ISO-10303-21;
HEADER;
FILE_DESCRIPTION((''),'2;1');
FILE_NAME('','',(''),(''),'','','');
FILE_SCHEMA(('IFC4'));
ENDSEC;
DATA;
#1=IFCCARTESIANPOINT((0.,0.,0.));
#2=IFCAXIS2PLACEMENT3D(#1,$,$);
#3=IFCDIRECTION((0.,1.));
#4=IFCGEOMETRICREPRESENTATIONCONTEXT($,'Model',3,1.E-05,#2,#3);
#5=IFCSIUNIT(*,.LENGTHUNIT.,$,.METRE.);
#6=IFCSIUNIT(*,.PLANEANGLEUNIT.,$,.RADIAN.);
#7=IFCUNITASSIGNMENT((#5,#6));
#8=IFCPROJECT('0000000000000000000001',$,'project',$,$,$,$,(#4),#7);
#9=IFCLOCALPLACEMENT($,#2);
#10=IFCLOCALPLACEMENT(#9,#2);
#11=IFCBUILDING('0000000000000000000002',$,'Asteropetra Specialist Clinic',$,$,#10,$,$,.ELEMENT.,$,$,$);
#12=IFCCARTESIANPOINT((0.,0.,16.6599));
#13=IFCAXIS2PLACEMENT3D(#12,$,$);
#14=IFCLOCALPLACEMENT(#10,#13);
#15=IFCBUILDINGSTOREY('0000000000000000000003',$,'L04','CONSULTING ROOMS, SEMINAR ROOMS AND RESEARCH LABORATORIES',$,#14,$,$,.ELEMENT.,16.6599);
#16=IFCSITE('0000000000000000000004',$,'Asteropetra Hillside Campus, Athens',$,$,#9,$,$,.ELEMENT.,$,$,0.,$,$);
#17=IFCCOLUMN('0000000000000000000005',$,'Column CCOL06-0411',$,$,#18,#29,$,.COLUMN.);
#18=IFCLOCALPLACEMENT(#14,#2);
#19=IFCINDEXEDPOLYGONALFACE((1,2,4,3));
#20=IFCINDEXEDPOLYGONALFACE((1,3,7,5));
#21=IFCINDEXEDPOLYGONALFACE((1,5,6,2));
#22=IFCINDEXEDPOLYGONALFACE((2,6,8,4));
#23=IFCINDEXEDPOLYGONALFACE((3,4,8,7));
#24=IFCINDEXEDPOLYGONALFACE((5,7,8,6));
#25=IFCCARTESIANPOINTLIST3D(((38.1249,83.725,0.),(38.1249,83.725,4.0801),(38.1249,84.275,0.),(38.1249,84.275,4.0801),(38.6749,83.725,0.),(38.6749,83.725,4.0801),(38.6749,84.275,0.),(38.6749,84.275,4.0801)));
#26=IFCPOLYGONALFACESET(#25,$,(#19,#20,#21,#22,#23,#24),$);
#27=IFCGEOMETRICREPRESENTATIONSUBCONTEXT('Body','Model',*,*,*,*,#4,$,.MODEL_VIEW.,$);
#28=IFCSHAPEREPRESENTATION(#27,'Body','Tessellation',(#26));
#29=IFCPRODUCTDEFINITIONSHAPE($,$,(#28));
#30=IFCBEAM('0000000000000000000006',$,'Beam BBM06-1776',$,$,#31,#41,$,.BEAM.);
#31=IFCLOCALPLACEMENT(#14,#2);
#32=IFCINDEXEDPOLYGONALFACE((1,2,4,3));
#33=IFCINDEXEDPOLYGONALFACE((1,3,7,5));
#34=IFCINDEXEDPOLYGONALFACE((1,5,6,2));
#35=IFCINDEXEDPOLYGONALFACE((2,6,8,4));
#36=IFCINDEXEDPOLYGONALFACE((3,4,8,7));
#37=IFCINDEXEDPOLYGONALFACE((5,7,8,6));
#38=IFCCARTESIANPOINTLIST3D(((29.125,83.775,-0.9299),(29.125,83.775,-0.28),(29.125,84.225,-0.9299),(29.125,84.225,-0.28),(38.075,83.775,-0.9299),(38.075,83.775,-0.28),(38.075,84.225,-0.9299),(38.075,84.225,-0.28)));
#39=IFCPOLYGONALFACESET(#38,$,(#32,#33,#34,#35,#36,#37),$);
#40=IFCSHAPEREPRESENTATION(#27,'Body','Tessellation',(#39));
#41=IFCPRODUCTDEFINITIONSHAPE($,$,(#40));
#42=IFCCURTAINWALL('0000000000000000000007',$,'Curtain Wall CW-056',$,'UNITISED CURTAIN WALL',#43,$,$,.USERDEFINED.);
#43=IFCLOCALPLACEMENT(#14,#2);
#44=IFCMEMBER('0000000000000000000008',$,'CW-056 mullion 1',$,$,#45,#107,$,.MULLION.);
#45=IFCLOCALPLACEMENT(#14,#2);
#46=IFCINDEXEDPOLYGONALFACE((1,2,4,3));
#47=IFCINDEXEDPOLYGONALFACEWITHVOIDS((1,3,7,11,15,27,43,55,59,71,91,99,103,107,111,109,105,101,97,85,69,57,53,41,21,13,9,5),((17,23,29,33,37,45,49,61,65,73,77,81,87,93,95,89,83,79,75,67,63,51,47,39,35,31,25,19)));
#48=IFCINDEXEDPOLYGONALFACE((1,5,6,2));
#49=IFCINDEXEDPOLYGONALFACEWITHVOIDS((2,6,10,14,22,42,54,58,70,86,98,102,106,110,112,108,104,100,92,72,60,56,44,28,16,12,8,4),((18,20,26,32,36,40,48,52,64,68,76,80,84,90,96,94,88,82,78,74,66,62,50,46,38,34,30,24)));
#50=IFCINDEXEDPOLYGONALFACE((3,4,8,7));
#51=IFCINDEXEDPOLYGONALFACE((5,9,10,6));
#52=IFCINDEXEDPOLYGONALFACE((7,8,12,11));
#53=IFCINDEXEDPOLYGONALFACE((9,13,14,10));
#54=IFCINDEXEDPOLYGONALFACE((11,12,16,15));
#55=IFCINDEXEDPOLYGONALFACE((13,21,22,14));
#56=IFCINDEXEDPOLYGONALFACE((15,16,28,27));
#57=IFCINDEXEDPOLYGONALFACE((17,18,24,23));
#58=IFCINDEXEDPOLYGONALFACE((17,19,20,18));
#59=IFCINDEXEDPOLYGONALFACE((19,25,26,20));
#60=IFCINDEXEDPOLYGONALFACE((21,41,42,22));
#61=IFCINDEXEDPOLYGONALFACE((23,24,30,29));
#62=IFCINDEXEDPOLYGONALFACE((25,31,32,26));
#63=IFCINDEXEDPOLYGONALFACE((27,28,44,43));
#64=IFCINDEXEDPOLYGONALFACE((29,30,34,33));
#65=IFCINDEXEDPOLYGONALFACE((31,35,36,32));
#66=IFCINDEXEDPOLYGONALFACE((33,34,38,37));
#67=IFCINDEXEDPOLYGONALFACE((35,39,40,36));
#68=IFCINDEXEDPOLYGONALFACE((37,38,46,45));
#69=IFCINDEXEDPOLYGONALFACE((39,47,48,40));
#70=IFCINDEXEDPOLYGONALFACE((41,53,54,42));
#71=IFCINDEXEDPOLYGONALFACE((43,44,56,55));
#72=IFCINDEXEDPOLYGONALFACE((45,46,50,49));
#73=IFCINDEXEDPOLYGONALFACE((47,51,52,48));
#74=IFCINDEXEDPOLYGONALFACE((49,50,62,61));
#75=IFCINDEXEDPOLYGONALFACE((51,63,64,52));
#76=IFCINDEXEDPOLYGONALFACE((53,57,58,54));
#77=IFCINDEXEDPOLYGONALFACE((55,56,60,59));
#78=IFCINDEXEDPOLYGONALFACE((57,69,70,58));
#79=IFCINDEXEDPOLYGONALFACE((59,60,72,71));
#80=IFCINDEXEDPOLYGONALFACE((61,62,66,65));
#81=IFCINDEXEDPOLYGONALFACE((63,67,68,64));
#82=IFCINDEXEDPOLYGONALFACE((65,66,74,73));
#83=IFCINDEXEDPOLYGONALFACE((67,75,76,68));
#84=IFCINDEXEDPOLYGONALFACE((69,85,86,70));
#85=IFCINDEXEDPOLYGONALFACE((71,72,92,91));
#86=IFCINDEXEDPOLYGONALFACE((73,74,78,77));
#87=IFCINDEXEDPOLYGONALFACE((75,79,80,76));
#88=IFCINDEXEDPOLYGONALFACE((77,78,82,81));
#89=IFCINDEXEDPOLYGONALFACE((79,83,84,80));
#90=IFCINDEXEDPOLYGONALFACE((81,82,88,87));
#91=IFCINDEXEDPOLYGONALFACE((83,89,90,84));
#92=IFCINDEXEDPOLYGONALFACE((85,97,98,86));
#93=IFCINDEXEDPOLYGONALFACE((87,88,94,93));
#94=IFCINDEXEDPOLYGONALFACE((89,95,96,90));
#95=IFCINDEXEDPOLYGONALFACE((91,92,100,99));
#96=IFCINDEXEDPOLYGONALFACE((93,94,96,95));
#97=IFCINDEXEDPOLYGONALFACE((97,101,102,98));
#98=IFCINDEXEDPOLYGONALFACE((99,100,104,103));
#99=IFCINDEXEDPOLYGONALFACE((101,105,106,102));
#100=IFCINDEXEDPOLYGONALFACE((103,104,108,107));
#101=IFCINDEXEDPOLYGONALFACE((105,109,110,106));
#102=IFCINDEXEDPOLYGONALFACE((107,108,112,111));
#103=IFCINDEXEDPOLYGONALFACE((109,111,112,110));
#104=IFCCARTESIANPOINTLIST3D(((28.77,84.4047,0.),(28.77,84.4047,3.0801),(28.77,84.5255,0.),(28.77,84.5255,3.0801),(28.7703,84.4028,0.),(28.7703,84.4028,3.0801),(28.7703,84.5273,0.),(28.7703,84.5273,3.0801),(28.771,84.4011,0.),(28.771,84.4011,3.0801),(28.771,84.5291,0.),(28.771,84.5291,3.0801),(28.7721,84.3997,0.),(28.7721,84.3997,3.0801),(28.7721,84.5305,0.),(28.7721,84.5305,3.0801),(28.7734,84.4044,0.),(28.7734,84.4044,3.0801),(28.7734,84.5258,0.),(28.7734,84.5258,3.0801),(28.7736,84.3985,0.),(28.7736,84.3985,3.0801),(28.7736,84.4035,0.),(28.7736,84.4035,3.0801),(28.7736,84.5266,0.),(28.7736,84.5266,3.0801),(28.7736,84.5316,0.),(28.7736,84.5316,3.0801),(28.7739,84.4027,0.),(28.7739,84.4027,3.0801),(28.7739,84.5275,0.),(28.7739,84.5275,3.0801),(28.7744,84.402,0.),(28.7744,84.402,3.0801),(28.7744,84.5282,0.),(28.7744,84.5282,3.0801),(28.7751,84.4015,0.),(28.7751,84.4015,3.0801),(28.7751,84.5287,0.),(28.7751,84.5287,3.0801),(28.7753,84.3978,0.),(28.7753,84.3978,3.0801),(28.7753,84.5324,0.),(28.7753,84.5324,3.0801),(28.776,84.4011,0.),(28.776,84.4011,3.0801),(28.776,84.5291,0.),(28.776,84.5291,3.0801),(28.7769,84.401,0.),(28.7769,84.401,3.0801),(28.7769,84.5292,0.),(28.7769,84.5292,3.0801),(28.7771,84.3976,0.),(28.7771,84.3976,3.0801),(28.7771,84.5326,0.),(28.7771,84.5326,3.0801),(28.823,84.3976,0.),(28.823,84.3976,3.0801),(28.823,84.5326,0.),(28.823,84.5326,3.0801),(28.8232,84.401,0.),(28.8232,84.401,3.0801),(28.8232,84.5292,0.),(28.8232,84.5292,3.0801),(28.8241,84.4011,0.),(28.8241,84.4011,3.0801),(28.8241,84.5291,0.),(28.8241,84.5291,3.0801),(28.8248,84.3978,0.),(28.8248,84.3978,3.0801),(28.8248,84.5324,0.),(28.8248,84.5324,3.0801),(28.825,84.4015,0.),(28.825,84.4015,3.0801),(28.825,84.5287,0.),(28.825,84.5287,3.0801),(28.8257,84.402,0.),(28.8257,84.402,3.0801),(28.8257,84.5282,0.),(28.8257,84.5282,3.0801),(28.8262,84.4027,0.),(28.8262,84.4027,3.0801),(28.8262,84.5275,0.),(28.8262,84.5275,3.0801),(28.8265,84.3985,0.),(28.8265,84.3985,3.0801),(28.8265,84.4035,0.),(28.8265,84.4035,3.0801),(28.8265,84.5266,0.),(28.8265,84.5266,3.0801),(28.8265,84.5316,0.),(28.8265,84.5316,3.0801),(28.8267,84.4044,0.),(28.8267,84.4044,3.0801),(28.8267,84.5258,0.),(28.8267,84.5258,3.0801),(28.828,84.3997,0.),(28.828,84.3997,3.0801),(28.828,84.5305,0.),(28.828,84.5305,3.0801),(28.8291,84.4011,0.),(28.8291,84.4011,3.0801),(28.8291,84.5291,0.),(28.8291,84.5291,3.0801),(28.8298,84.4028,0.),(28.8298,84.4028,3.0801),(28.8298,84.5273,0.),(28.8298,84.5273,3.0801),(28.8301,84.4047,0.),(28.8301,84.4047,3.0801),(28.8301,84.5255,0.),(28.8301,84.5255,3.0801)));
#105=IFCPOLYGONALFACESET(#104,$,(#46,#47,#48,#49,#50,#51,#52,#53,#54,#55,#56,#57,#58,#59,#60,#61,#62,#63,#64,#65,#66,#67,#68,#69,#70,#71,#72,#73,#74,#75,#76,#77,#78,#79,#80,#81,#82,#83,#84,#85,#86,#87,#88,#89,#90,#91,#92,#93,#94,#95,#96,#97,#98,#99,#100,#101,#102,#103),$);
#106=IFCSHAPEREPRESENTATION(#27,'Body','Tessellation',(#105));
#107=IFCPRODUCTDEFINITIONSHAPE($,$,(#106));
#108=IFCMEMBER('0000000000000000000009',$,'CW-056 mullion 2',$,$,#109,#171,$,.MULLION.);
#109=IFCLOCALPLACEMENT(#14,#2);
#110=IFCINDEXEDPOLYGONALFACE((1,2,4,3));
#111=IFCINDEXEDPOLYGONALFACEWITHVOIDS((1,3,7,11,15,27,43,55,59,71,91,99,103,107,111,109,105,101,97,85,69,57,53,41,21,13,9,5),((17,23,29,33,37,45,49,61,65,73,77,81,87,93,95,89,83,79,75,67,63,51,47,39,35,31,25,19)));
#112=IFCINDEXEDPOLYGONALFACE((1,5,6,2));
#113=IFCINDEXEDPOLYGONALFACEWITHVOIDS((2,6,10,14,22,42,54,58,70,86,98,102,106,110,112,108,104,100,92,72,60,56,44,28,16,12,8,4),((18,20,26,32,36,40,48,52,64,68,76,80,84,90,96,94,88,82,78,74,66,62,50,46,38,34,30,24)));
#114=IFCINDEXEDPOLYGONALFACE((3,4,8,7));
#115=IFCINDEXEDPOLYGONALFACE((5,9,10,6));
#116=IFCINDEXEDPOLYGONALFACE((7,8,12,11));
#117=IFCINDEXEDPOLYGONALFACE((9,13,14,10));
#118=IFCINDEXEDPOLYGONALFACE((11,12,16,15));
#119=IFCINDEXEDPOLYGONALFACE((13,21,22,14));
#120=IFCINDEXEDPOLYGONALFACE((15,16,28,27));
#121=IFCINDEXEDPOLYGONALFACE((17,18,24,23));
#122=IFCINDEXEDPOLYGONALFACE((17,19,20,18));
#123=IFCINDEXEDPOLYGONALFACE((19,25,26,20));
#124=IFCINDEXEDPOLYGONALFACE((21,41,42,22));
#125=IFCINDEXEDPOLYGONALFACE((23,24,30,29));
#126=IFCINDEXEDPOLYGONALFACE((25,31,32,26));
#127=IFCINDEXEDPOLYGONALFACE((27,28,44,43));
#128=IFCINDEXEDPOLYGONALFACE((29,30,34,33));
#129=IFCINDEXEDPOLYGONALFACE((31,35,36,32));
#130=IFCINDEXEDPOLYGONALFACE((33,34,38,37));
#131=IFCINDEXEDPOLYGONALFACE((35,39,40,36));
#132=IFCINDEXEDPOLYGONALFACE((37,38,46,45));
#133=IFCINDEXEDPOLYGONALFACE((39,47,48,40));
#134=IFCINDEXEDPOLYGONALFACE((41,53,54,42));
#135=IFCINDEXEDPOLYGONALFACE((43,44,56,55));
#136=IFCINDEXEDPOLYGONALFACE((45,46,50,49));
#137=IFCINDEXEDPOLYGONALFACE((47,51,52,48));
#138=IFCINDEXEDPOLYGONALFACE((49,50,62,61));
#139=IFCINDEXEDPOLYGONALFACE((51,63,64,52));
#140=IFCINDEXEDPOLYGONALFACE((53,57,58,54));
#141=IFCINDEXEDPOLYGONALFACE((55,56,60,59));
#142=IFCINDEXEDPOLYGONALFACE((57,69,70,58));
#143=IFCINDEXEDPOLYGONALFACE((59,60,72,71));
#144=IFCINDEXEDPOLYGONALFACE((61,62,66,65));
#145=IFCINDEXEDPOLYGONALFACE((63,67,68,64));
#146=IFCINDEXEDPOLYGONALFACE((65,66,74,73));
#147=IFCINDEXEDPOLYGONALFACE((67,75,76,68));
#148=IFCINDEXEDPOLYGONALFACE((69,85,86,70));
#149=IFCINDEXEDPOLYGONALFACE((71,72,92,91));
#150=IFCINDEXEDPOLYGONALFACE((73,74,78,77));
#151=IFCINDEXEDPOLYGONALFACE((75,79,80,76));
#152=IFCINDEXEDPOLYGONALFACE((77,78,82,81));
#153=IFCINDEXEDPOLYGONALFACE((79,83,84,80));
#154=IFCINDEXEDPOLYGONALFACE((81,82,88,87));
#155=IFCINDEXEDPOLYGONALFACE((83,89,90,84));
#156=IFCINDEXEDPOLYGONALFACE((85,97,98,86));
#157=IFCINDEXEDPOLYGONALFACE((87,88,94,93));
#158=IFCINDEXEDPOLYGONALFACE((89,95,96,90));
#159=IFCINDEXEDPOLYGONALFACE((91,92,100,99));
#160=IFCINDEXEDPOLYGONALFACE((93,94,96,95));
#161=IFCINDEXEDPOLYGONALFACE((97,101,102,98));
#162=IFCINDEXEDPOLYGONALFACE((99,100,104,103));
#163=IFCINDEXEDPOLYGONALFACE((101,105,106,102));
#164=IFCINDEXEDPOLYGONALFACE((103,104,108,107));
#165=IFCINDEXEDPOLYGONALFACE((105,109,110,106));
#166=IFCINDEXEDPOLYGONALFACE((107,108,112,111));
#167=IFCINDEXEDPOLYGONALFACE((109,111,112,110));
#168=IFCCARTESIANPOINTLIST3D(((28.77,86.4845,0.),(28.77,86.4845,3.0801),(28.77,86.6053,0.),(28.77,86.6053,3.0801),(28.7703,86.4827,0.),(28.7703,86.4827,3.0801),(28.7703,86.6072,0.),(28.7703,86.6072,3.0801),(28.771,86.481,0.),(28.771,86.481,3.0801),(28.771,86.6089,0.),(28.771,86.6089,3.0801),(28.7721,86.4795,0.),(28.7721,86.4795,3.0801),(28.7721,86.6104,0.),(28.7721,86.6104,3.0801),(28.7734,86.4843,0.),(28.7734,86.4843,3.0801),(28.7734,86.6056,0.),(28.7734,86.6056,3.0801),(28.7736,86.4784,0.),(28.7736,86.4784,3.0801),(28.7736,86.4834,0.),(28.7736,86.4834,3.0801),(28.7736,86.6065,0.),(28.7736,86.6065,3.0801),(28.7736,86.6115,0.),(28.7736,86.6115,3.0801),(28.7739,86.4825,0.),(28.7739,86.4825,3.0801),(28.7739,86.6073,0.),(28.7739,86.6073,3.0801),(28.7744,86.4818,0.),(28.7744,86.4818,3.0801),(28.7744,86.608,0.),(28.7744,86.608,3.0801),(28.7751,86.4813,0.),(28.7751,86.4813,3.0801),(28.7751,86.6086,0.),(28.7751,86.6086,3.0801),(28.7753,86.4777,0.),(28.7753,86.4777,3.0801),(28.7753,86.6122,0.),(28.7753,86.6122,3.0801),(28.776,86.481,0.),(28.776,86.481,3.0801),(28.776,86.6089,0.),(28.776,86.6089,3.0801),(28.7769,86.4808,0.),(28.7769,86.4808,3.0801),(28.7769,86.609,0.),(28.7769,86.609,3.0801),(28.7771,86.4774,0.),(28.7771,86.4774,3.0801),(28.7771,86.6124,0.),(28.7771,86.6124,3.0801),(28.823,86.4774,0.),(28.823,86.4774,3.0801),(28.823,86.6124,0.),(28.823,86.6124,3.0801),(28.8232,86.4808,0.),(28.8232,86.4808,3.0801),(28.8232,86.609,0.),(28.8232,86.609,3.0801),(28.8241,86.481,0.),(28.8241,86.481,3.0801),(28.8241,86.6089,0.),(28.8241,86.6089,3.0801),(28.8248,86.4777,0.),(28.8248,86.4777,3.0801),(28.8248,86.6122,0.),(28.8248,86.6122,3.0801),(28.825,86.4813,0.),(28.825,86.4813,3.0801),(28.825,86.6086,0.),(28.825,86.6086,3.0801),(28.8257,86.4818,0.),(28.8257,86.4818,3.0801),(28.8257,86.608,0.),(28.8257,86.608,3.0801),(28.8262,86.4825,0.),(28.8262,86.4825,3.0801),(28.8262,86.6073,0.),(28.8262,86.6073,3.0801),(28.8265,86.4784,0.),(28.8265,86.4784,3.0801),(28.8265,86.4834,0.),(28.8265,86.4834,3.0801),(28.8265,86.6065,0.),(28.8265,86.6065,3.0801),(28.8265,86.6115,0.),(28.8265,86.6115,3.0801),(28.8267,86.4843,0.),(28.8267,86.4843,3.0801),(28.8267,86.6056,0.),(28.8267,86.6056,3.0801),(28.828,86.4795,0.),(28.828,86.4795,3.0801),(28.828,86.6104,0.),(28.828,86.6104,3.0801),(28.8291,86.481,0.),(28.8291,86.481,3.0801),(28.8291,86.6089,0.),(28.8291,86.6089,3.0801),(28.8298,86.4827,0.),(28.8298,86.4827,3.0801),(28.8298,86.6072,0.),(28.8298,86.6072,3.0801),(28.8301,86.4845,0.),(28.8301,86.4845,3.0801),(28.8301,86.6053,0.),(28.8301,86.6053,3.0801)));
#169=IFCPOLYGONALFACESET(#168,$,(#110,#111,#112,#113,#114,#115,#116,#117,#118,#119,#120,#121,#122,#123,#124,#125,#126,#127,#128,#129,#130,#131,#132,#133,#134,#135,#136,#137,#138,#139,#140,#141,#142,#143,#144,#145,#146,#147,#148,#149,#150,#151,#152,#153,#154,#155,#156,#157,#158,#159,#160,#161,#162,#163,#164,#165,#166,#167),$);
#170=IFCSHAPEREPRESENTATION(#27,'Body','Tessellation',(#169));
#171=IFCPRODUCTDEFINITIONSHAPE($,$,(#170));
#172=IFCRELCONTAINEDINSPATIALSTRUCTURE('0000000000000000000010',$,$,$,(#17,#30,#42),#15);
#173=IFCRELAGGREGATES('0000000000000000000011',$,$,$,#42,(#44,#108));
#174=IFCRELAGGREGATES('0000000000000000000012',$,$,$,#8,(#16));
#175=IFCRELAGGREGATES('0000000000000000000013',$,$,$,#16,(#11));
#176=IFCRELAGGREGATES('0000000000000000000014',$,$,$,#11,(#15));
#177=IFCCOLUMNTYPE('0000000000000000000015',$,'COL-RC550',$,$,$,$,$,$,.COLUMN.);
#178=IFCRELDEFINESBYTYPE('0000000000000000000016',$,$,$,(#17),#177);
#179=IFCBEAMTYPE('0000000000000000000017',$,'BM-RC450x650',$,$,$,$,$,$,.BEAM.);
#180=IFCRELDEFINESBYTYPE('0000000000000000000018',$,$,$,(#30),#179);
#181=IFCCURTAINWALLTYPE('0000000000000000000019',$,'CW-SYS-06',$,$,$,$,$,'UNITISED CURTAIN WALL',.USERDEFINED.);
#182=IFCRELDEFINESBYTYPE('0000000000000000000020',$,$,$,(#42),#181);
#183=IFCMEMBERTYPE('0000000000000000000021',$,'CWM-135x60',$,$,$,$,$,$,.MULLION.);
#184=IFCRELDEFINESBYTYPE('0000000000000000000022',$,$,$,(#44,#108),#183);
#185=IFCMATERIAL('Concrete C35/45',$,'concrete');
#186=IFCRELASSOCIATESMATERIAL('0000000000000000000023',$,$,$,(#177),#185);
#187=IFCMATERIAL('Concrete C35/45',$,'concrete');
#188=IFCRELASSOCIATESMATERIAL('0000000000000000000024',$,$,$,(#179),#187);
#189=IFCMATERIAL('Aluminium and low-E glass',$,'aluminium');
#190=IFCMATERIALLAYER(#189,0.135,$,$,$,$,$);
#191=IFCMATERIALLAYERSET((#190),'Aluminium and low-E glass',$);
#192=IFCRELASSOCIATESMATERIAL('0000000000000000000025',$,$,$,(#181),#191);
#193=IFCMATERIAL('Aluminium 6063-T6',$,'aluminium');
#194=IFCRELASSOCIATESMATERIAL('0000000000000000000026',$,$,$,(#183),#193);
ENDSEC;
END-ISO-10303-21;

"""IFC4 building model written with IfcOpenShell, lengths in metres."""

from ifc_helpers import new_model, si_unit, direction, frame, origin, origin_2d, place, context, subcontext, project, spatial, rectangle, hollow_rectangle, extrude, material, layer, layer_set, material_profile, profile_set, type_object, element, aggregate, save


model = new_model("IFC4")

# Units and contexts
model_context = context("Model", 3, precision=1e-05, world=origin(), true_north=direction((0.0, 1.0)))
body_context = subcontext(model_context, "Body", "Model", "MODEL_VIEW")
ifc_project = project(units=[si_unit("LENGTHUNIT", "METRE"), si_unit("PLANEANGLEUNIT", "RADIAN")], contexts=[model_context])

# Site, building, storey
site_placement = place(None, origin())
site = spatial("IfcSite", under=ifc_project, at=site_placement, Name="Asteropetra Hillside Campus, Athens", CompositionType="ELEMENT", RefElevation=0.0)
building_placement = place(site_placement, origin())
building = spatial("IfcBuilding", under=site, at=building_placement, Name="Asteropetra Specialist Clinic", CompositionType="ELEMENT")
storey_placement = place(building_placement, frame((0.0, 0.0, 16.6599)))
storey = spatial("IfcBuildingStorey", under=building, at=storey_placement, Name="L04", Description="CONSULTING ROOMS, SEMINAR ROOMS AND RESEARCH LABORATORIES", CompositionType="ELEMENT", Elevation=16.6599)

# Column
ifc_material_1 = material(Name="Concrete C35/45", Category="concrete")
ifc_material_profile_1 = material_profile(ifc_material_1, rectangle(XDim=0.55, YDim=0.55, at=origin_2d()), Name="RC 550x550")
ifc_profile_set_1 = profile_set([ifc_material_profile_1], Name="Concrete C35/45")
column_type = type_object("IfcColumnType", Name="COL-RC550", PredefinedType="COLUMN", material=ifc_profile_set_1)
column_placement = place(storey_placement, frame((38.3999, 84.0, 0.0), z_axis=(0.0, 0.0, 1.0), x_axis=(1.0, 0.0, 0.0)))
element("IfcColumn", 1, at=column_placement, inside=storey, type_object=column_type, Name="Column CCOL06-0411", PredefinedType="COLUMN", context=body_context, shape_type="SweptSolid", body=[
    extrude(rectangle(XDim=0.55, YDim=0.55, at=origin_2d()), origin(), (0.0, 0.0, 1.0), 4.0801),
])

# Beam
ifc_material_2 = material(Name="Concrete C35/45", Category="concrete")
ifc_material_profile_2 = material_profile(ifc_material_2, rectangle(XDim=0.45, YDim=0.6499, at=origin_2d()), Name="RCB 450x650")
ifc_profile_set_2 = profile_set([ifc_material_profile_2], Name="Concrete C35/45")
beam_type_1 = type_object("IfcBeamType", Name="BM-RC450x650", PredefinedType="BEAM", material=ifc_profile_set_2)
beam_1_placement = place(storey_placement, frame((29.125, 84.0, -0.605), z_axis=(1.0, 0.0, 0.0), x_axis=(0.0, 1.0, 0.0)))
element("IfcBeam", 2, at=beam_1_placement, inside=storey, type_object=beam_type_1, Name="Beam BBM06-1776", PredefinedType="BEAM", context=body_context, shape_type="SweptSolid", body=[
    extrude(rectangle(XDim=0.45, YDim=0.6499, at=origin_2d()), origin(), (0.0, 0.0, 1.0), 8.95),
])

# Curtain wall, members
ifc_material_3 = material(Name="Aluminium and low-E glass", Category="aluminium")
ifc_layer_1 = layer(ifc_material_3, 0.135)
ifc_layer_set_1 = layer_set([ifc_layer_1], Name="Aluminium and low-E glass")
curtain_wall_type = type_object("IfcCurtainWallType", Name="CW-SYS-06", ElementType="UNITISED CURTAIN WALL", PredefinedType="USERDEFINED", material=ifc_layer_set_1)
curtain_wall_placement = place(storey_placement, origin())
curtain_wall = element("IfcCurtainWall", 3, at=curtain_wall_placement, inside=storey, type_object=curtain_wall_type, Name="Curtain Wall CW-056", ObjectType="UNITISED CURTAIN WALL", PredefinedType="USERDEFINED")
ifc_material_4 = material(Name="Aluminium 6063-T6", Category="aluminium")
ifc_material_profile_3 = material_profile(ifc_material_4, hollow_rectangle(XDim=0.0601, YDim=0.135, WallThickness=0.0034, InnerFilletRadius=0.0034, OuterFilletRadius=0.0071, at=origin_2d()), Name="MUL 135x60x3.5")
ifc_profile_set_3 = profile_set([ifc_material_profile_3], Name="Aluminium 6063-T6")
member_type_1 = type_object("IfcMemberType", Name="CWM-135x60", PredefinedType="MULLION", material=ifc_profile_set_3)
member_1_placement = place(storey_placement, frame((28.8, 84.4651, 0.0), z_axis=(0.0, 0.0, 1.0), x_axis=(-1.0, 0.0, 0.0)))
member_1 = element("IfcMember", 4, at=member_1_placement, type_object=member_type_1, Name="CW-056 mullion 1", PredefinedType="MULLION", context=body_context, shape_type="SweptSolid", body=[
    extrude(hollow_rectangle(XDim=0.0601, YDim=0.135, WallThickness=0.0034, InnerFilletRadius=0.0034, OuterFilletRadius=0.0071, at=origin_2d()), origin(), (0.0, 0.0, 1.0), 3.0801),
])
member_2_placement = place(storey_placement, frame((28.8, 86.5449, 0.0), z_axis=(0.0, 0.0, 1.0), x_axis=(-1.0, 0.0, 0.0)))
member_2 = element("IfcMember", 5, at=member_2_placement, type_object=member_type_1, Name="CW-056 mullion 2", PredefinedType="MULLION", context=body_context, shape_type="SweptSolid", body=[
    extrude(hollow_rectangle(XDim=0.0601, YDim=0.135, WallThickness=0.0034, InnerFilletRadius=0.0034, OuterFilletRadius=0.0071, at=origin_2d()), origin(), (0.0, 0.0, 1.0), 3.0801),
])

aggregate(curtain_wall, [member_1, member_2])

save(model, "model.ifc")
